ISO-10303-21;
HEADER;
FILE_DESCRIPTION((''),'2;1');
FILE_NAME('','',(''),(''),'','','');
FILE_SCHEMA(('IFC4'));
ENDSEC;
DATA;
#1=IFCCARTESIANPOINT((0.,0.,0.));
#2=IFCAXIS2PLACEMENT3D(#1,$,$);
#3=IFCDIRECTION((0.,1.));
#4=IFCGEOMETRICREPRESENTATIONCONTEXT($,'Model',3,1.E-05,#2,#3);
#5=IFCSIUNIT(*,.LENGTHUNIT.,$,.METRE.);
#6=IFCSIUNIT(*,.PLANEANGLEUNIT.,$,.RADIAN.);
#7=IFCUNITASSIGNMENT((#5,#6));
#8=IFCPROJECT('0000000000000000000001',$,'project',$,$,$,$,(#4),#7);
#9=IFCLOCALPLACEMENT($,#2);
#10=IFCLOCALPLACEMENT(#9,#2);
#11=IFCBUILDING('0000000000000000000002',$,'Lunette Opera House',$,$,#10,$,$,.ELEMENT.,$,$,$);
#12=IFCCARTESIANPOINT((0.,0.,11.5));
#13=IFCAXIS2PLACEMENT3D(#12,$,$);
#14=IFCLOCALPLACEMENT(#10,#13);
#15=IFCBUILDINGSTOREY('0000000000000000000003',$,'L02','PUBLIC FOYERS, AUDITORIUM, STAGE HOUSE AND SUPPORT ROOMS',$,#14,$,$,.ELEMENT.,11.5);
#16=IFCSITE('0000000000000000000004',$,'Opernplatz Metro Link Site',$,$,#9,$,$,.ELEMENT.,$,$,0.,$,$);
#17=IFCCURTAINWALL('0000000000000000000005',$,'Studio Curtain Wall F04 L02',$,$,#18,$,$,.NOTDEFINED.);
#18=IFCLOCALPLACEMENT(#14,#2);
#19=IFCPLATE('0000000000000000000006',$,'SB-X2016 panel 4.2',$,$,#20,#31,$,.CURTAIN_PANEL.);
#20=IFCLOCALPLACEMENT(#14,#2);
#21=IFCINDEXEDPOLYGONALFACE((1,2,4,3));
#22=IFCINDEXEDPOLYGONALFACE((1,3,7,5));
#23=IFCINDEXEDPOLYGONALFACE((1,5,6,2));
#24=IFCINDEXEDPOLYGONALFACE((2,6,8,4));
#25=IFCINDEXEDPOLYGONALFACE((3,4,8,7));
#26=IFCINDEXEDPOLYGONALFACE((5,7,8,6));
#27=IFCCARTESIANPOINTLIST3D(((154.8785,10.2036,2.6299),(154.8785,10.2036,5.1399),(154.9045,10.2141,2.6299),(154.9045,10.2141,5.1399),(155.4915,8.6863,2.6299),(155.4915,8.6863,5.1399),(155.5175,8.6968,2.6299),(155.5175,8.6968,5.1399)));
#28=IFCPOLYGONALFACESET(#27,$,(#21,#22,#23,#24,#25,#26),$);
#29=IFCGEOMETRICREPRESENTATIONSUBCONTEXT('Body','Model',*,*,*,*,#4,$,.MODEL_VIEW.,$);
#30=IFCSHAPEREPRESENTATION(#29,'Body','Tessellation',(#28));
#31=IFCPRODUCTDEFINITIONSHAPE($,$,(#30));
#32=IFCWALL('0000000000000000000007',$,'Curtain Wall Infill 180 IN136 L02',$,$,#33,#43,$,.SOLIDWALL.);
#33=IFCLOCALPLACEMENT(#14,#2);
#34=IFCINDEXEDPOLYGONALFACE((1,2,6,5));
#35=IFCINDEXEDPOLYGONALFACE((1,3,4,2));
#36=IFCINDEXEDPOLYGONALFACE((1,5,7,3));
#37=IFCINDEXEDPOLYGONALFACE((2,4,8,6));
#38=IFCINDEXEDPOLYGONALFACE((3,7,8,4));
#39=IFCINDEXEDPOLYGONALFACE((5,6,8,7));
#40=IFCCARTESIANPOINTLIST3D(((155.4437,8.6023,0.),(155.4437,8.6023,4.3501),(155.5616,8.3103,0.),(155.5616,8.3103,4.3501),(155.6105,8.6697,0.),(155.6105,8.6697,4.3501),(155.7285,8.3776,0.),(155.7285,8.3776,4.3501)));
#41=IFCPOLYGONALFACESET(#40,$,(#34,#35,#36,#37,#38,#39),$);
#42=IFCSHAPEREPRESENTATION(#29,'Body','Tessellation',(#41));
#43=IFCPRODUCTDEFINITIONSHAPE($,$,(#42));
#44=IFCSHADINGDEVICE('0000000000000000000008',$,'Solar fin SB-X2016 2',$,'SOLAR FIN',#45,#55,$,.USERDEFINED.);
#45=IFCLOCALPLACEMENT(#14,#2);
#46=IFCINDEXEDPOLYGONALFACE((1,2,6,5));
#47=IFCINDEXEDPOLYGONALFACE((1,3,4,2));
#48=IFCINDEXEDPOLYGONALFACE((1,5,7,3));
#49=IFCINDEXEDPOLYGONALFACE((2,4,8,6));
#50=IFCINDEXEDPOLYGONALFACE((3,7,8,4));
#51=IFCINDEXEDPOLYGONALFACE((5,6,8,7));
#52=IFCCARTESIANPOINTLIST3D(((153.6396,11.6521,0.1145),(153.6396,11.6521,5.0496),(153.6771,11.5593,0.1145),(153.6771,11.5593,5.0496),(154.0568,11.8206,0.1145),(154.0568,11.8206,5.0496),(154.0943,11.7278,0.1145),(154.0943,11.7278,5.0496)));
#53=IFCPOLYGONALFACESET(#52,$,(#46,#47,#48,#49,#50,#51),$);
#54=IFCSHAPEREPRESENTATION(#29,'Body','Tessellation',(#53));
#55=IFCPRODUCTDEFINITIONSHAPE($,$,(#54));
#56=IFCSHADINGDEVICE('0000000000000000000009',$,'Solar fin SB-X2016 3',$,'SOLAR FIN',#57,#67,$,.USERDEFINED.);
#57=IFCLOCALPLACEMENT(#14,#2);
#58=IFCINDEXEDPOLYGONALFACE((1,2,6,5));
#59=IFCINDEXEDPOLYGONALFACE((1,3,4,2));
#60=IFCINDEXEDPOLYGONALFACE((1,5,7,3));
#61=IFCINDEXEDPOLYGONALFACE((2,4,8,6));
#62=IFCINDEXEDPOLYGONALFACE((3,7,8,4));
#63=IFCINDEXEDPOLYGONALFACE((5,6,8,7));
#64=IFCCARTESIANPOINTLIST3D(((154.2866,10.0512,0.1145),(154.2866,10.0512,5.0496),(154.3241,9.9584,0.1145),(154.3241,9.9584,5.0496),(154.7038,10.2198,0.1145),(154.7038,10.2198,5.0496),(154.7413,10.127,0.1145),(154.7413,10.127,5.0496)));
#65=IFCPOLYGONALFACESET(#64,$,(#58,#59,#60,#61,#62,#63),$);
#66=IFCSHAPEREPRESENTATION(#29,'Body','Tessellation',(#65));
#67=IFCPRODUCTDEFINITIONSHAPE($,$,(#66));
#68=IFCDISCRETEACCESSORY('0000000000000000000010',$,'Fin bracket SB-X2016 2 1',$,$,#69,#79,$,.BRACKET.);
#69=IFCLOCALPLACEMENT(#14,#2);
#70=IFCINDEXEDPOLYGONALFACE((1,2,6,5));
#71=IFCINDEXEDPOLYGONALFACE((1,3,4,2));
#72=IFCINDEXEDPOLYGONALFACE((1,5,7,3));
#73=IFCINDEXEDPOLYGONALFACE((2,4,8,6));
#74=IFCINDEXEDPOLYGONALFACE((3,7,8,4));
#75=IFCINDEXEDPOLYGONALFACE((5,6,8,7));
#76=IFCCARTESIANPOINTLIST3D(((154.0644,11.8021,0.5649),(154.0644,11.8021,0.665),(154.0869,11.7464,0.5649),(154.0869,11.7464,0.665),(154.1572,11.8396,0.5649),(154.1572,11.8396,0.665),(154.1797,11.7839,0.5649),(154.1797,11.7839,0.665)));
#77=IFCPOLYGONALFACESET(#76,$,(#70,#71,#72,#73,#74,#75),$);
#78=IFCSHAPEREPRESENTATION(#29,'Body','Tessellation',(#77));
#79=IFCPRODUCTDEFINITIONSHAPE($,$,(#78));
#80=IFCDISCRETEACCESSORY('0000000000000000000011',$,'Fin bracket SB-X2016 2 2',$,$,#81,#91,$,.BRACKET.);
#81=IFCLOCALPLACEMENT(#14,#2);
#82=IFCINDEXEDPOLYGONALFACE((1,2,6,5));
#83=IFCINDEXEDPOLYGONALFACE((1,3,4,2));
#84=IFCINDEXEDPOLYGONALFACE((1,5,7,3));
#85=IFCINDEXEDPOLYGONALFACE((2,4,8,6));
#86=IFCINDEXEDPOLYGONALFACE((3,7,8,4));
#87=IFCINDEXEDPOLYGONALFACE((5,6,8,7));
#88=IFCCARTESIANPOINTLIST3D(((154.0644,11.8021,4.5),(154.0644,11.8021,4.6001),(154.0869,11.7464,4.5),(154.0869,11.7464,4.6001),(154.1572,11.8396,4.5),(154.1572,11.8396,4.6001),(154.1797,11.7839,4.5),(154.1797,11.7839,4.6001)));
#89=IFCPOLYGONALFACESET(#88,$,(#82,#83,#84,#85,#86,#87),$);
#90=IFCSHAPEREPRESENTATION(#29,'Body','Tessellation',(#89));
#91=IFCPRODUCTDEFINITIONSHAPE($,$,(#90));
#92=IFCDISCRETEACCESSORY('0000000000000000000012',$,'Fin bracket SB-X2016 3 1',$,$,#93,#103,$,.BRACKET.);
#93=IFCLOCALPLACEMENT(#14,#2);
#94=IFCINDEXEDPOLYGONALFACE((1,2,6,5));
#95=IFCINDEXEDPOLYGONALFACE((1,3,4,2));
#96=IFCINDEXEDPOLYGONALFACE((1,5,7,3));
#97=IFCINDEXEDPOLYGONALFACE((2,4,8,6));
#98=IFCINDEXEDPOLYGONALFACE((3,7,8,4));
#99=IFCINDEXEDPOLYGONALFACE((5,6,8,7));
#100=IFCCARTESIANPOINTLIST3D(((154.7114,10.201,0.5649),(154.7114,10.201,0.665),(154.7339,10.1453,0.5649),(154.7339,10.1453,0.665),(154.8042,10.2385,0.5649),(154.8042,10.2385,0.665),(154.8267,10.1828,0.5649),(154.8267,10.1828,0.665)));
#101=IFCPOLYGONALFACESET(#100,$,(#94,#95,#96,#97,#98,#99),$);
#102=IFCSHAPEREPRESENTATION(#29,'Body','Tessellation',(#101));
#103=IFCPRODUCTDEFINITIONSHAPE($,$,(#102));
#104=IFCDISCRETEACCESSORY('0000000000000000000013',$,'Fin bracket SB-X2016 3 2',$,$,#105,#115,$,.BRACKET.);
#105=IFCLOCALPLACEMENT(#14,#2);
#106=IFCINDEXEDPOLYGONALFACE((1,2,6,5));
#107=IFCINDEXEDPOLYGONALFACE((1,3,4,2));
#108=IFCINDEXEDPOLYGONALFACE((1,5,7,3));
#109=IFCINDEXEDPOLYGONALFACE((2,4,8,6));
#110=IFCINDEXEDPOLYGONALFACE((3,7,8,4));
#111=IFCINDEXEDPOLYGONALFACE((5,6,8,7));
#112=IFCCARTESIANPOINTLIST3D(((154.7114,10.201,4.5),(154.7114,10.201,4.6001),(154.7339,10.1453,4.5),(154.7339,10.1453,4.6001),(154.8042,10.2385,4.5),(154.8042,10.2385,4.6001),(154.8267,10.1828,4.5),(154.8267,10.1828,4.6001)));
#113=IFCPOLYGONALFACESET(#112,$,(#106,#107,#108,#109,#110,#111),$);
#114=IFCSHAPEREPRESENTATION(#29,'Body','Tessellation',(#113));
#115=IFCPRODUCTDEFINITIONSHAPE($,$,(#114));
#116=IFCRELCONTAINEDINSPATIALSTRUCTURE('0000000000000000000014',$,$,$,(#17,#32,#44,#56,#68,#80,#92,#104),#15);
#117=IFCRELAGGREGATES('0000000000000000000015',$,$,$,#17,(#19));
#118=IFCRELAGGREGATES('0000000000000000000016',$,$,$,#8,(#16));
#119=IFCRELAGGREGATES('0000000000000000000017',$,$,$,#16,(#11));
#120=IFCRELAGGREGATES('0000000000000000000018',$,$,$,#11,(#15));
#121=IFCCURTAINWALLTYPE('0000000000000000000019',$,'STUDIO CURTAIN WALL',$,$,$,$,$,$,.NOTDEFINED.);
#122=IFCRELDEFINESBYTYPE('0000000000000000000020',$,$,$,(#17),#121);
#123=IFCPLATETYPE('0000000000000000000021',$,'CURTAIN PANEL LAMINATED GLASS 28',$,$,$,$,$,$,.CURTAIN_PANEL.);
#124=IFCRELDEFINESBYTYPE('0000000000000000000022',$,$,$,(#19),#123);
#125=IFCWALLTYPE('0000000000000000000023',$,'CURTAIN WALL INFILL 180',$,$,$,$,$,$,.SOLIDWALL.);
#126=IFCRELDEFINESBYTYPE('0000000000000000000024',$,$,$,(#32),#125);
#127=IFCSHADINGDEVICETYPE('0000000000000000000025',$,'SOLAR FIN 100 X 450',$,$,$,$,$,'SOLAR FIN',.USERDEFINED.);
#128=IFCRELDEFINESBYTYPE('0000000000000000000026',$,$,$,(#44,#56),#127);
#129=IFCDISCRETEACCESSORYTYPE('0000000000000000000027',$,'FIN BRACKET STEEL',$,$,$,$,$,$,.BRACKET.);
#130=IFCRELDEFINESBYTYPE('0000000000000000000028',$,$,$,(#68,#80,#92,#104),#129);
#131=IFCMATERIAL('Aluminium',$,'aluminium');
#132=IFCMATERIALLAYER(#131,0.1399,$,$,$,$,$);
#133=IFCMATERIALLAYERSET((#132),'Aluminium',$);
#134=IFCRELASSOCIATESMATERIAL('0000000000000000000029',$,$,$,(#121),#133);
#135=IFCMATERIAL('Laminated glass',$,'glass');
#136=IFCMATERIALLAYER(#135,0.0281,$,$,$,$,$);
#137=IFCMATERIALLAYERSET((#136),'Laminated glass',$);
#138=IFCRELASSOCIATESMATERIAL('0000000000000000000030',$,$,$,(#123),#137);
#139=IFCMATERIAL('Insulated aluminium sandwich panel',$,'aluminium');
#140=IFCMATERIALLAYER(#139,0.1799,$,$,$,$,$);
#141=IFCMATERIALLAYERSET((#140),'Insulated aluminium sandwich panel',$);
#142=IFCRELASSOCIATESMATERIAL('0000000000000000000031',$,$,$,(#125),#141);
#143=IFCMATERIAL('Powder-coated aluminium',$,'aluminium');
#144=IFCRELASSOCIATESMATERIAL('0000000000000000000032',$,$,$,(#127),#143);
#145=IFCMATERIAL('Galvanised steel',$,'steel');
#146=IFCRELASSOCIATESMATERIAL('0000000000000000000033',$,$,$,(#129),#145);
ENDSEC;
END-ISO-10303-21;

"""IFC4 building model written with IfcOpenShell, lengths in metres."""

from ifc_helpers import new_model, si_unit, direction, frame, frame_2d, origin, origin_2d, place, context, subcontext, project, spatial, rectangle, extrude, material, layer, layer_set, type_object, element, aggregate, save


model = new_model("IFC4")

# Units and contexts
model_context = context("Model", 3, precision=1e-05, world=origin(), true_north=direction((0.0, 1.0)))
body_context = subcontext(model_context, "Body", "Model", "MODEL_VIEW")
ifc_project = project(units=[si_unit("LENGTHUNIT", "METRE"), si_unit("PLANEANGLEUNIT", "RADIAN")], contexts=[model_context])

# Site, building, storey
site_placement = place(None, origin())
site = spatial("IfcSite", under=ifc_project, at=site_placement, Name="Opernplatz Metro Link Site", CompositionType="ELEMENT", RefElevation=0.0)
building_placement = place(site_placement, origin())
building = spatial("IfcBuilding", under=site, at=building_placement, Name="Lunette Opera House", CompositionType="ELEMENT")
storey_placement = place(building_placement, frame((0.0, 0.0, 11.5)))
storey = spatial("IfcBuildingStorey", under=building, at=storey_placement, Name="L02", Description="PUBLIC FOYERS, AUDITORIUM, STAGE HOUSE AND SUPPORT ROOMS", CompositionType="ELEMENT", Elevation=11.5)

# Curtain wall
ifc_material_1 = material(Name="Aluminium", Category="aluminium")
ifc_layer_1 = layer(ifc_material_1, 0.1399)
ifc_layer_set_1 = layer_set([ifc_layer_1], Name="Aluminium")
curtain_wall_type = type_object("IfcCurtainWallType", Name="STUDIO CURTAIN WALL", PredefinedType="NOTDEFINED", material=ifc_layer_set_1)
curtain_wall_placement = place(storey_placement, origin())
curtain_wall = element("IfcCurtainWall", 1, at=curtain_wall_placement, inside=storey, type_object=curtain_wall_type, Name="Studio Curtain Wall F04 L02", PredefinedType="NOTDEFINED")

# Plate
ifc_material_2 = material(Name="Laminated glass", Category="glass")
ifc_layer_2 = layer(ifc_material_2, 0.0281)
ifc_layer_set_2 = layer_set([ifc_layer_2], Name="Laminated glass")
plate_type = type_object("IfcPlateType", Name="CURTAIN PANEL LAMINATED GLASS 28", PredefinedType="CURTAIN_PANEL", material=ifc_layer_set_2)
plate_1_placement = place(storey_placement, frame((155.198, 9.4502, 2.6299), z_axis=(0.0, 0.0, 1.0), x_axis=(0.374609, -0.927183, 0.0)))
plate_1 = element("IfcPlate", 2, at=plate_1_placement, type_object=plate_type, Name="SB-X2016 panel 4.2", PredefinedType="CURTAIN_PANEL", context=body_context, shape_type="SweptSolid", body=[
    extrude(rectangle(XDim=1.6365, YDim=0.0281, at=origin_2d()), origin(), (0.0, 0.0, 1.0), 2.51),
])
aggregate(curtain_wall, [plate_1])

# Wall
ifc_material_3 = material(Name="Insulated aluminium sandwich panel", Category="aluminium")
ifc_layer_3 = layer(ifc_material_3, 0.1799)
ifc_layer_set_3 = layer_set([ifc_layer_3], Name="Insulated aluminium sandwich panel")
wall_type = type_object("IfcWallType", Name="CURTAIN WALL INFILL 180", PredefinedType="SOLIDWALL", material=ifc_layer_set_3)
wall_placement = place(storey_placement, frame((155.5271, 8.636, 0.0), z_axis=(0.0, 0.0, 1.0), x_axis=(0.374463, -0.927242, 0.0)))
element("IfcWall", 3, at=wall_placement, inside=storey, type_object=wall_type, Name="Curtain Wall Infill 180 IN136 L02", PredefinedType="SOLIDWALL", context=body_context, shape_type="SweptSolid", body=[
    extrude(rectangle(XDim=0.3149, YDim=0.1799, at=frame_2d((0.1575, 0.0))), origin(), (0.0, 0.0, 1.0), 4.3501),
])

# Shading devices
ifc_material_4 = material(Name="Powder-coated aluminium", Category="aluminium")
shading_device_type = type_object("IfcShadingDeviceType", Name="SOLAR FIN 100 X 450", ElementType="SOLAR FIN", PredefinedType="USERDEFINED", material=ifc_material_4)
for number, where, z_axis, x_axis, name in (
    (4, (153.8669, 11.6899, 0.1145), (0.0, 0.0, 1.0), (-0.927183, -0.37461, 0.0), "Solar fin SB-X2016 2"),
    (5, (154.5139, 10.0891, 0.1145), (0.0, 0.0, 1.0), (-0.927183, -0.37461, 0.0), "Solar fin SB-X2016 3"),
):
    element("IfcShadingDevice", number, at=place(storey_placement, frame(where, z_axis=z_axis, x_axis=x_axis)), inside=storey, type_object=shading_device_type, Name=name, ObjectType="SOLAR FIN", PredefinedType="USERDEFINED", context=body_context, shape_type="SweptSolid", body=[
        extrude(rectangle(XDim=0.45, YDim=0.1001, at=origin_2d()), origin(), (0.0, 0.0, 1.0), 4.9351),
    ])

# Discrete accessories
ifc_material_5 = material(Name="Galvanised steel", Category="steel")
discrete_accessory_type = type_object("IfcDiscreteAccessoryType", Name="FIN BRACKET STEEL", PredefinedType="BRACKET", material=ifc_material_5)
for number, where, z_axis, x_axis, name in (
    (6, (154.1221, 11.793, 0.5649), (0.0, 0.0, 1.0), (-0.927183, -0.37461, 0.0), "Fin bracket SB-X2016 2 1"),
    (7, (154.1221, 11.793, 4.5), (0.0, 0.0, 1.0), (-0.927183, -0.37461, 0.0), "Fin bracket SB-X2016 2 2"),
    (8, (154.769, 10.1919, 0.5649), (0.0, 0.0, 1.0), (-0.927183, -0.37461, 0.0), "Fin bracket SB-X2016 3 1"),
    (9, (154.769, 10.1919, 4.5), (0.0, 0.0, 1.0), (-0.927183, -0.37461, 0.0), "Fin bracket SB-X2016 3 2"),
):
    element("IfcDiscreteAccessory", number, at=place(storey_placement, frame(where, z_axis=z_axis, x_axis=x_axis)), inside=storey, type_object=discrete_accessory_type, Name=name, PredefinedType="BRACKET", context=body_context, shape_type="SweptSolid", body=[
        extrude(rectangle(XDim=0.1001, YDim=0.0601, at=origin_2d()), origin(), (0.0, 0.0, 1.0), 0.1001),
    ])

save(model, "model.ifc")
